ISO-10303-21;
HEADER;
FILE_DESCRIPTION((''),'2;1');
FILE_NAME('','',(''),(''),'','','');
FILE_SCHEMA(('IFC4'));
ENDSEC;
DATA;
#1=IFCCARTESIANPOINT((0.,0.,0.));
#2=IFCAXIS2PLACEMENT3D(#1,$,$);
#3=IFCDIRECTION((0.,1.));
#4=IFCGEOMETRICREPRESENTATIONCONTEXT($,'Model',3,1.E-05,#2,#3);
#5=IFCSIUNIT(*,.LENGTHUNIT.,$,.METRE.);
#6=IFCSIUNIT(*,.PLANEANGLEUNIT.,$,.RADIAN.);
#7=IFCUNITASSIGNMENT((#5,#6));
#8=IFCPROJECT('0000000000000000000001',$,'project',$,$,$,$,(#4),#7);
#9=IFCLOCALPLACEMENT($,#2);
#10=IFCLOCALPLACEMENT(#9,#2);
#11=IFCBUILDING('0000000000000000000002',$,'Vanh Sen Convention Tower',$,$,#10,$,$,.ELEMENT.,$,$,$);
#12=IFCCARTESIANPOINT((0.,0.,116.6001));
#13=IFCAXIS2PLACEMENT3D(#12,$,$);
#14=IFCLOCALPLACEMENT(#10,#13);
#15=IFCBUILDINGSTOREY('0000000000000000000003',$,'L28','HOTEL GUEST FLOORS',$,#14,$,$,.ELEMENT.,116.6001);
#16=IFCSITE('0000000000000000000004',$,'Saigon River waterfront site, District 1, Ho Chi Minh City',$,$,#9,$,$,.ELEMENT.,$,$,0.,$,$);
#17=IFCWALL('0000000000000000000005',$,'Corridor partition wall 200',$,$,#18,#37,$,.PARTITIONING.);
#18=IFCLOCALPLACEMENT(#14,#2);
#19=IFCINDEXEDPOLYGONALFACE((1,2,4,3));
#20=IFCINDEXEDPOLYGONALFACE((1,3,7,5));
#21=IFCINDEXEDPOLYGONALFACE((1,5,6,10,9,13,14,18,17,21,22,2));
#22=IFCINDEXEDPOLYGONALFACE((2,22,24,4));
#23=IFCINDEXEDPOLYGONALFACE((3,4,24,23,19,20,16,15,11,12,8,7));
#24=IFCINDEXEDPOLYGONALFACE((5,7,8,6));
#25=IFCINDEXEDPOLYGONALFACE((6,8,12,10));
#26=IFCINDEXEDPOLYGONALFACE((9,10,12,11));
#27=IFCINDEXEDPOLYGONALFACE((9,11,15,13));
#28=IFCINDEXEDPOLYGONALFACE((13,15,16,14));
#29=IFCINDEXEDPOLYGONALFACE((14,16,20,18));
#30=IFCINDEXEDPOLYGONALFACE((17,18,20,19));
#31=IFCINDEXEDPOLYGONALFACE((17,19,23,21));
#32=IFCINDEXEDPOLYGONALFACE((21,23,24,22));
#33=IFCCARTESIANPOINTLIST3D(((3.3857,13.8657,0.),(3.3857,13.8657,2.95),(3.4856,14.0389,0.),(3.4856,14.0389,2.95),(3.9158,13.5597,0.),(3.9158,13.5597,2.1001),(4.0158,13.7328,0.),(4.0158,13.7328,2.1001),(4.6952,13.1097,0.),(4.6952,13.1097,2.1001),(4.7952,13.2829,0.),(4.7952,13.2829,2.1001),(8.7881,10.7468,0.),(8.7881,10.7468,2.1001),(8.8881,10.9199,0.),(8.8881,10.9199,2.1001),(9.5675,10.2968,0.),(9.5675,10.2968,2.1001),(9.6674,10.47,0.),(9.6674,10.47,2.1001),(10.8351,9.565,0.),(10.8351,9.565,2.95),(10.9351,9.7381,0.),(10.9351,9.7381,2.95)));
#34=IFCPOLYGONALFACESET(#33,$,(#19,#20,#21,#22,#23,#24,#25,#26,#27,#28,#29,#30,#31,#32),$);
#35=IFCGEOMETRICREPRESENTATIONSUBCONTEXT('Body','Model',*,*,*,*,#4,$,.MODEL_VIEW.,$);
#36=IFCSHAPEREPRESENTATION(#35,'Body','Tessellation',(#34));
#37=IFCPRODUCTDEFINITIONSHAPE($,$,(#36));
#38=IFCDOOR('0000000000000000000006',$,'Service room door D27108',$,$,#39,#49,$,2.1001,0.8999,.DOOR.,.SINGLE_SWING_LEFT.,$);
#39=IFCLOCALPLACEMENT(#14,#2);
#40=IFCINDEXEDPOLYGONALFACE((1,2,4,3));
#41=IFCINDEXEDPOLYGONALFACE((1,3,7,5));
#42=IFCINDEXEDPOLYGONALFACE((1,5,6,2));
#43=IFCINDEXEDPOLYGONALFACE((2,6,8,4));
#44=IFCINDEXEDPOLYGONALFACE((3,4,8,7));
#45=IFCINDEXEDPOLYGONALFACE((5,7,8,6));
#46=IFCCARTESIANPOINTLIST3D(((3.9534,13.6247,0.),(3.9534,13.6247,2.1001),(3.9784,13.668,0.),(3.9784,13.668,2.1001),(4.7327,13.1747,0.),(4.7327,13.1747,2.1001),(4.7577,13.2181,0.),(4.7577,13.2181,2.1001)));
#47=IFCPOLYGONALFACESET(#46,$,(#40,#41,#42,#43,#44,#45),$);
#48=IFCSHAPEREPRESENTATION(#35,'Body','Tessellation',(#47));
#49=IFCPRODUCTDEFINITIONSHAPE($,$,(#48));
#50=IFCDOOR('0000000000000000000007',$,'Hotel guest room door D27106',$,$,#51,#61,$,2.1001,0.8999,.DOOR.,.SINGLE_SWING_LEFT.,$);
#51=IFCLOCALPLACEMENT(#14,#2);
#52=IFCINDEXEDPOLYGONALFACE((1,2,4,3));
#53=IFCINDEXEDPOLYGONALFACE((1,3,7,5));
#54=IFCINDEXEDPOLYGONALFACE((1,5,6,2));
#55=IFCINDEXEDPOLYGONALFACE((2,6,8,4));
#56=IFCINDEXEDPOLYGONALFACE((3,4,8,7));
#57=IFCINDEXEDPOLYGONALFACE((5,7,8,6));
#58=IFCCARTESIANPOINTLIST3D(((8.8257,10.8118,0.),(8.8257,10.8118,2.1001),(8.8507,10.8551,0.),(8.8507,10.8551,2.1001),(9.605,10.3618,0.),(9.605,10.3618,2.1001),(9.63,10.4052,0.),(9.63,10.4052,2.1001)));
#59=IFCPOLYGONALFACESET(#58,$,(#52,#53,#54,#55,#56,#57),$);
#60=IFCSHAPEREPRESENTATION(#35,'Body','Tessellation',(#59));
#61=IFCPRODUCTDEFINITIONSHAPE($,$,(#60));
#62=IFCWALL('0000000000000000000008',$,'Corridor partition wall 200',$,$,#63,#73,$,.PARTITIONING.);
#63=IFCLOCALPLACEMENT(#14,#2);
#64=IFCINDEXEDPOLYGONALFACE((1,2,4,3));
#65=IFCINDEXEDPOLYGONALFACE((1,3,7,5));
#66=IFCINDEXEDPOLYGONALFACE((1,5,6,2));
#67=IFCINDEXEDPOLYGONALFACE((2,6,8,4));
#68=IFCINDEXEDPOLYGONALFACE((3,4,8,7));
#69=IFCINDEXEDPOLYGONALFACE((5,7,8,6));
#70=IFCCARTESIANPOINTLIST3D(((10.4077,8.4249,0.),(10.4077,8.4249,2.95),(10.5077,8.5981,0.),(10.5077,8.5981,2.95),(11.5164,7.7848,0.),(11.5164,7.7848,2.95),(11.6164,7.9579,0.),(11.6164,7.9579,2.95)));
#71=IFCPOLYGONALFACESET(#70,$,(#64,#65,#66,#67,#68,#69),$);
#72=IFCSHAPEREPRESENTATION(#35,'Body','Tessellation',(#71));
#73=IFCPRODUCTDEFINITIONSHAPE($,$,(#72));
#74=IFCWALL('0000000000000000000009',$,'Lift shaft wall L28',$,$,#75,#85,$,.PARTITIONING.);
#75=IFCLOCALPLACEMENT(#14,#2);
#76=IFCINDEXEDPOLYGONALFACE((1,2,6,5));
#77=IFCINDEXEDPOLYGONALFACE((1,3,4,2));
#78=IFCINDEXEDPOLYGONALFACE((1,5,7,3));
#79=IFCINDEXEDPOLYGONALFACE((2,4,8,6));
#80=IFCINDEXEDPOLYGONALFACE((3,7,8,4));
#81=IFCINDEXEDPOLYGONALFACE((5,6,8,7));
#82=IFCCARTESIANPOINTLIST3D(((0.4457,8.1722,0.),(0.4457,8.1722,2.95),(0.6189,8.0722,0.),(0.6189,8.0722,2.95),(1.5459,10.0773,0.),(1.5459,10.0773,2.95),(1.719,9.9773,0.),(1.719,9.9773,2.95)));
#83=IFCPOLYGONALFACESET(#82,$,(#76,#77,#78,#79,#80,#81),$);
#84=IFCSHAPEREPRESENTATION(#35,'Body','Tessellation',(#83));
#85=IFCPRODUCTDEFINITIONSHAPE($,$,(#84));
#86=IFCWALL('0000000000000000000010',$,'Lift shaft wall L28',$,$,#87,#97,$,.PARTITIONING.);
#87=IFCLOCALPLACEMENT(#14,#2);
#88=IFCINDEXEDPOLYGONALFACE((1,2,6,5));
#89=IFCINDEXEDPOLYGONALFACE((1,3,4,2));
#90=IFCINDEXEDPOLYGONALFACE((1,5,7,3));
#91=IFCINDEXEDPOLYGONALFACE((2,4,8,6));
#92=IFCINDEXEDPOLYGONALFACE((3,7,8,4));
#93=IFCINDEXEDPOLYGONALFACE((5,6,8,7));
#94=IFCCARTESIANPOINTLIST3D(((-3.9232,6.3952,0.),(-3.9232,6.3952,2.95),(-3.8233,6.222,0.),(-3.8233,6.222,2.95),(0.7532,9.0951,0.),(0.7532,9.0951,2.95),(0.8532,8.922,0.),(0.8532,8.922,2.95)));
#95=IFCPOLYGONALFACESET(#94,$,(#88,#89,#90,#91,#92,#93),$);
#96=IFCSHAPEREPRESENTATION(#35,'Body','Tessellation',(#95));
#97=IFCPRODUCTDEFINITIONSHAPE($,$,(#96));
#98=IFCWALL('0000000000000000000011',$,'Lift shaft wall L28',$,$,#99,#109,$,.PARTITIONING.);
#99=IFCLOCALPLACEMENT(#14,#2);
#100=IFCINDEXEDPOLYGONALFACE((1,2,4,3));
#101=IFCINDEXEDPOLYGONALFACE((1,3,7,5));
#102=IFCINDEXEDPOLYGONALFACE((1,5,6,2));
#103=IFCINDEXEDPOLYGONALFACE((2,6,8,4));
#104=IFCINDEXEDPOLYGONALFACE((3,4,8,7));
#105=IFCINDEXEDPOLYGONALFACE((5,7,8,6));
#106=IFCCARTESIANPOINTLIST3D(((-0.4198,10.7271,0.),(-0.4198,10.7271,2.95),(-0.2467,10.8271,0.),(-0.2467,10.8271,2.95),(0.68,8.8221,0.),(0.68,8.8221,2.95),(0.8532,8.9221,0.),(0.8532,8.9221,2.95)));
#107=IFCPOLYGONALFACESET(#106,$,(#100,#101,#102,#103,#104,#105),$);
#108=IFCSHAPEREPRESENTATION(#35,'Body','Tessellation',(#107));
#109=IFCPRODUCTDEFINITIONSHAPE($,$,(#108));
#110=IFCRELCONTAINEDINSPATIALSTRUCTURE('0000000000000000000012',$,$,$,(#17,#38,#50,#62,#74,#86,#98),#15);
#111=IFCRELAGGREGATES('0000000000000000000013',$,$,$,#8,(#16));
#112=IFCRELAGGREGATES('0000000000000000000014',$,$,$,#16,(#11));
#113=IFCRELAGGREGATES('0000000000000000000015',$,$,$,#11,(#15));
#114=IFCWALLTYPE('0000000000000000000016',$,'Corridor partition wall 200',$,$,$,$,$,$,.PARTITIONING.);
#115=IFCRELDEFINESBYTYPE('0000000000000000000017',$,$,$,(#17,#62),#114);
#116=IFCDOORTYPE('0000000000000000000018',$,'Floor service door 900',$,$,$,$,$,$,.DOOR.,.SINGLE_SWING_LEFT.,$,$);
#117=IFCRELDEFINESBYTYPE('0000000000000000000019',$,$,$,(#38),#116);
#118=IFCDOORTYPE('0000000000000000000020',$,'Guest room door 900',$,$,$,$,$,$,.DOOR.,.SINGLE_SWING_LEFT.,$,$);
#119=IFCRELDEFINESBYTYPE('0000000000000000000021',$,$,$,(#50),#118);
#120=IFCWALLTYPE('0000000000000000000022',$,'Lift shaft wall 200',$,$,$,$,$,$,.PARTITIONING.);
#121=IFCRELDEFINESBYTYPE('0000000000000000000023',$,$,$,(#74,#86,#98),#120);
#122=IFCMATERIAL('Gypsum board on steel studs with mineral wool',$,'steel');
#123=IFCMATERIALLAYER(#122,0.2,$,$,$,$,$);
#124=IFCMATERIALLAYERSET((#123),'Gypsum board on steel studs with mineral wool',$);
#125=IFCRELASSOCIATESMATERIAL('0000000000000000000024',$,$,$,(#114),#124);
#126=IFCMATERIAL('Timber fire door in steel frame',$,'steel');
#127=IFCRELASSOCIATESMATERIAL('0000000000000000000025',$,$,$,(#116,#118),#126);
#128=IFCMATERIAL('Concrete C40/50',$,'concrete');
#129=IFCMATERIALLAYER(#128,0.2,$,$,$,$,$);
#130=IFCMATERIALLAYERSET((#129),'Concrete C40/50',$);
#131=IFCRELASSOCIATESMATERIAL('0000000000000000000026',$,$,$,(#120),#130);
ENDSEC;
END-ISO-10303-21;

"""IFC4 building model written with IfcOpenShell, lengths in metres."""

from ifc_helpers import new_model, si_unit, direction, frame, frame_2d, origin, place, context, subcontext, project, spatial, rectangle, extrude, material, layer, layer_set, type_object, element, fill, save


model = new_model("IFC4")

# Units and contexts
model_context = context("Model", 3, precision=1e-05, world=origin(), true_north=direction((0.0, 1.0)))
body_context = subcontext(model_context, "Body", "Model", "MODEL_VIEW")
ifc_project = project(units=[si_unit("LENGTHUNIT", "METRE"), si_unit("PLANEANGLEUNIT", "RADIAN")], contexts=[model_context])

# Site, building, storey
site_placement = place(None, origin())
site = spatial("IfcSite", under=ifc_project, at=site_placement, Name="Saigon River waterfront site, District 1, Ho Chi Minh City", CompositionType="ELEMENT", RefElevation=0.0)
building_placement = place(site_placement, origin())
building = spatial("IfcBuilding", under=site, at=building_placement, Name="Vanh Sen Convention Tower", CompositionType="ELEMENT")
storey_placement = place(building_placement, frame((0.0, 0.0, 116.6001)))
storey = spatial("IfcBuildingStorey", under=building, at=storey_placement, Name="L28", Description="HOTEL GUEST FLOORS", CompositionType="ELEMENT", Elevation=116.6001)

# Shared definitions
ifc_material_1 = material(Name="Gypsum board on steel studs with mineral wool", Category="steel")
ifc_layer_1 = layer(ifc_material_1, 0.2)
ifc_layer_set_1 = layer_set([ifc_layer_1], Name="Gypsum board on steel studs with mineral wool")
wall_type_1 = type_object("IfcWallType", Name="Corridor partition wall 200", PredefinedType="PARTITIONING", material=ifc_layer_set_1)

# Shared definitions
ifc_material_2 = material(Name="Timber fire door in steel frame", Category="steel")

# Wall, openings, doors
wall_1_placement = place(storey_placement, frame((10.885, 9.6516, 0.0), z_axis=(0.0, 0.0, 1.0), x_axis=(-0.866034, 0.499985, 0.0)))
wall_1 = element("IfcWall", 1, at=wall_1_placement, inside=storey, type_object=wall_type_1, Name="Corridor partition wall 200", PredefinedType="PARTITIONING", context=body_context, shape_type="SweptSolid", body=[
    extrude(rectangle(XDim=8.6018, YDim=0.2, at=frame_2d((4.3008, 0.0))), origin(), (0.0, 0.0, 1.0), 2.95),
])
opening_1_placement = place(wall_1_placement, frame((1.4636, 0.0, 0.0)))
opening_1 = element("IfcOpeningElement", 2, at=opening_1_placement, cuts=wall_1, PredefinedType="OPENING", context=body_context, shape_type="SweptSolid", body=[
    extrude(rectangle(XDim=0.8999, YDim=2.1001, at=frame_2d((0.45, 1.05))), frame((0.0, 0.1099, 0.0), z_axis=(0.0, -1.0, 0.0), x_axis=(1.0, 0.0, 0.0)), (0.0, 0.0, 1.0), 0.22),
])
opening_2_placement = place(wall_1_placement, frame((7.0896, 0.0, 0.0)))
opening_2 = element("IfcOpeningElement", 3, at=opening_2_placement, cuts=wall_1, PredefinedType="OPENING", context=body_context, shape_type="SweptSolid", body=[
    extrude(rectangle(XDim=0.8999, YDim=2.1001, at=frame_2d((0.45, 1.05))), frame((0.0, 0.1099, 0.0), z_axis=(0.0, -1.0, 0.0), x_axis=(1.0, 0.0, 0.0)), (0.0, 0.0, 1.0), 0.22),
])
door_type_1 = type_object("IfcDoorType", Name="Floor service door 900", OperationType="SINGLE_SWING_LEFT", PredefinedType="DOOR", material=ifc_material_2)
door_1_placement = place(opening_2_placement, origin())
door_1 = element("IfcDoor", 4, at=door_1_placement, inside=storey, type_object=door_type_1, Name="Service room door D27108", OperationType="SINGLE_SWING_LEFT", OverallHeight=2.1001, OverallWidth=0.8999, PredefinedType="DOOR", context=body_context, shape_type="SweptSolid", body=[
    extrude(rectangle(XDim=0.8999, YDim=2.1001, at=frame_2d((0.45, 1.05))), frame((0.0, 0.0249, 0.0), z_axis=(0.0, -1.0, 0.0), x_axis=(1.0, 0.0, 0.0)), (0.0, 0.0, 1.0), 0.05),
])
fill(opening_2, door_1)
door_type_2 = type_object("IfcDoorType", Name="Guest room door 900", OperationType="SINGLE_SWING_LEFT", PredefinedType="DOOR", material=ifc_material_2)
door_2_placement = place(opening_1_placement, origin())
door_2 = element("IfcDoor", 5, at=door_2_placement, inside=storey, type_object=door_type_2, Name="Hotel guest room door D27106", OperationType="SINGLE_SWING_LEFT", OverallHeight=2.1001, OverallWidth=0.8999, PredefinedType="DOOR", context=body_context, shape_type="SweptSolid", body=[
    extrude(rectangle(XDim=0.8999, YDim=2.1001, at=frame_2d((0.45, 1.05))), frame((0.0, 0.0249, 0.0), z_axis=(0.0, -1.0, 0.0), x_axis=(1.0, 0.0, 0.0)), (0.0, 0.0, 1.0), 0.05),
])
fill(opening_1, door_2)

# Walls
wall_2_placement = place(storey_placement, frame((11.5664, 7.8713, 0.0), z_axis=(0.0, 0.0, 1.0), x_axis=(-0.866005, 0.500036, 0.0)))
element("IfcWall", 6, at=wall_2_placement, inside=storey, type_object=wall_type_1, Name="Corridor partition wall 200", PredefinedType="PARTITIONING", context=body_context, shape_type="SweptSolid", body=[
    extrude(rectangle(XDim=1.2803, YDim=0.2, at=frame_2d((0.6401, 0.0))), origin(), (0.0, 0.0, 1.0), 2.95),
])
ifc_material_3 = material(Name="Concrete C40/50", Category="concrete")
ifc_layer_2 = layer(ifc_material_3, 0.2)
ifc_layer_set_2 = layer_set([ifc_layer_2], Name="Concrete C40/50")
wall_type_2 = type_object("IfcWallType", Name="Lift shaft wall 200", PredefinedType="PARTITIONING", material=ifc_layer_set_2)
wall_3_placement = place(storey_placement, frame((0.5322, 8.1221, 0.0), z_axis=(0.0, 0.0, 1.0), x_axis=(0.500078, 0.86598, 0.0)))
element("IfcWall", 7, at=wall_3_placement, inside=storey, type_object=wall_type_2, Name="Lift shaft wall L28", PredefinedType="PARTITIONING", context=body_context, shape_type="SweptSolid", body=[
    extrude(rectangle(XDim=2.2, YDim=0.2, at=frame_2d((1.1001, 0.0))), origin(), (0.0, 0.0, 1.0), 2.95),
])
wall_4_placement = place(storey_placement, frame((0.8032, 9.0085, 0.0), z_axis=(0.0, 0.0, 1.0), x_axis=(-0.866028, -0.499995, 0.0)))
element("IfcWall", 8, at=wall_4_placement, inside=storey, type_object=wall_type_2, Name="Lift shaft wall L28", PredefinedType="PARTITIONING", context=body_context, shape_type="SweptSolid", body=[
    extrude(rectangle(XDim=5.3999, YDim=0.2, at=frame_2d((2.7, 0.0))), origin(), (0.0, 0.0, 1.0), 2.95),
])
wall_5_placement = place(storey_placement, frame((0.7666, 8.8721, 0.0), z_axis=(0.0, 0.0, 1.0), x_axis=(-0.499995, 0.866028, 0.0)))
element("IfcWall", 9, at=wall_5_placement, inside=storey, type_object=wall_type_2, Name="Lift shaft wall L28", PredefinedType="PARTITIONING", context=body_context, shape_type="SweptSolid", body=[
    extrude(rectangle(XDim=2.1997, YDim=0.2, at=frame_2d((1.0999, 0.0))), origin(), (0.0, 0.0, 1.0), 2.95),
])

save(model, "model.ifc")
